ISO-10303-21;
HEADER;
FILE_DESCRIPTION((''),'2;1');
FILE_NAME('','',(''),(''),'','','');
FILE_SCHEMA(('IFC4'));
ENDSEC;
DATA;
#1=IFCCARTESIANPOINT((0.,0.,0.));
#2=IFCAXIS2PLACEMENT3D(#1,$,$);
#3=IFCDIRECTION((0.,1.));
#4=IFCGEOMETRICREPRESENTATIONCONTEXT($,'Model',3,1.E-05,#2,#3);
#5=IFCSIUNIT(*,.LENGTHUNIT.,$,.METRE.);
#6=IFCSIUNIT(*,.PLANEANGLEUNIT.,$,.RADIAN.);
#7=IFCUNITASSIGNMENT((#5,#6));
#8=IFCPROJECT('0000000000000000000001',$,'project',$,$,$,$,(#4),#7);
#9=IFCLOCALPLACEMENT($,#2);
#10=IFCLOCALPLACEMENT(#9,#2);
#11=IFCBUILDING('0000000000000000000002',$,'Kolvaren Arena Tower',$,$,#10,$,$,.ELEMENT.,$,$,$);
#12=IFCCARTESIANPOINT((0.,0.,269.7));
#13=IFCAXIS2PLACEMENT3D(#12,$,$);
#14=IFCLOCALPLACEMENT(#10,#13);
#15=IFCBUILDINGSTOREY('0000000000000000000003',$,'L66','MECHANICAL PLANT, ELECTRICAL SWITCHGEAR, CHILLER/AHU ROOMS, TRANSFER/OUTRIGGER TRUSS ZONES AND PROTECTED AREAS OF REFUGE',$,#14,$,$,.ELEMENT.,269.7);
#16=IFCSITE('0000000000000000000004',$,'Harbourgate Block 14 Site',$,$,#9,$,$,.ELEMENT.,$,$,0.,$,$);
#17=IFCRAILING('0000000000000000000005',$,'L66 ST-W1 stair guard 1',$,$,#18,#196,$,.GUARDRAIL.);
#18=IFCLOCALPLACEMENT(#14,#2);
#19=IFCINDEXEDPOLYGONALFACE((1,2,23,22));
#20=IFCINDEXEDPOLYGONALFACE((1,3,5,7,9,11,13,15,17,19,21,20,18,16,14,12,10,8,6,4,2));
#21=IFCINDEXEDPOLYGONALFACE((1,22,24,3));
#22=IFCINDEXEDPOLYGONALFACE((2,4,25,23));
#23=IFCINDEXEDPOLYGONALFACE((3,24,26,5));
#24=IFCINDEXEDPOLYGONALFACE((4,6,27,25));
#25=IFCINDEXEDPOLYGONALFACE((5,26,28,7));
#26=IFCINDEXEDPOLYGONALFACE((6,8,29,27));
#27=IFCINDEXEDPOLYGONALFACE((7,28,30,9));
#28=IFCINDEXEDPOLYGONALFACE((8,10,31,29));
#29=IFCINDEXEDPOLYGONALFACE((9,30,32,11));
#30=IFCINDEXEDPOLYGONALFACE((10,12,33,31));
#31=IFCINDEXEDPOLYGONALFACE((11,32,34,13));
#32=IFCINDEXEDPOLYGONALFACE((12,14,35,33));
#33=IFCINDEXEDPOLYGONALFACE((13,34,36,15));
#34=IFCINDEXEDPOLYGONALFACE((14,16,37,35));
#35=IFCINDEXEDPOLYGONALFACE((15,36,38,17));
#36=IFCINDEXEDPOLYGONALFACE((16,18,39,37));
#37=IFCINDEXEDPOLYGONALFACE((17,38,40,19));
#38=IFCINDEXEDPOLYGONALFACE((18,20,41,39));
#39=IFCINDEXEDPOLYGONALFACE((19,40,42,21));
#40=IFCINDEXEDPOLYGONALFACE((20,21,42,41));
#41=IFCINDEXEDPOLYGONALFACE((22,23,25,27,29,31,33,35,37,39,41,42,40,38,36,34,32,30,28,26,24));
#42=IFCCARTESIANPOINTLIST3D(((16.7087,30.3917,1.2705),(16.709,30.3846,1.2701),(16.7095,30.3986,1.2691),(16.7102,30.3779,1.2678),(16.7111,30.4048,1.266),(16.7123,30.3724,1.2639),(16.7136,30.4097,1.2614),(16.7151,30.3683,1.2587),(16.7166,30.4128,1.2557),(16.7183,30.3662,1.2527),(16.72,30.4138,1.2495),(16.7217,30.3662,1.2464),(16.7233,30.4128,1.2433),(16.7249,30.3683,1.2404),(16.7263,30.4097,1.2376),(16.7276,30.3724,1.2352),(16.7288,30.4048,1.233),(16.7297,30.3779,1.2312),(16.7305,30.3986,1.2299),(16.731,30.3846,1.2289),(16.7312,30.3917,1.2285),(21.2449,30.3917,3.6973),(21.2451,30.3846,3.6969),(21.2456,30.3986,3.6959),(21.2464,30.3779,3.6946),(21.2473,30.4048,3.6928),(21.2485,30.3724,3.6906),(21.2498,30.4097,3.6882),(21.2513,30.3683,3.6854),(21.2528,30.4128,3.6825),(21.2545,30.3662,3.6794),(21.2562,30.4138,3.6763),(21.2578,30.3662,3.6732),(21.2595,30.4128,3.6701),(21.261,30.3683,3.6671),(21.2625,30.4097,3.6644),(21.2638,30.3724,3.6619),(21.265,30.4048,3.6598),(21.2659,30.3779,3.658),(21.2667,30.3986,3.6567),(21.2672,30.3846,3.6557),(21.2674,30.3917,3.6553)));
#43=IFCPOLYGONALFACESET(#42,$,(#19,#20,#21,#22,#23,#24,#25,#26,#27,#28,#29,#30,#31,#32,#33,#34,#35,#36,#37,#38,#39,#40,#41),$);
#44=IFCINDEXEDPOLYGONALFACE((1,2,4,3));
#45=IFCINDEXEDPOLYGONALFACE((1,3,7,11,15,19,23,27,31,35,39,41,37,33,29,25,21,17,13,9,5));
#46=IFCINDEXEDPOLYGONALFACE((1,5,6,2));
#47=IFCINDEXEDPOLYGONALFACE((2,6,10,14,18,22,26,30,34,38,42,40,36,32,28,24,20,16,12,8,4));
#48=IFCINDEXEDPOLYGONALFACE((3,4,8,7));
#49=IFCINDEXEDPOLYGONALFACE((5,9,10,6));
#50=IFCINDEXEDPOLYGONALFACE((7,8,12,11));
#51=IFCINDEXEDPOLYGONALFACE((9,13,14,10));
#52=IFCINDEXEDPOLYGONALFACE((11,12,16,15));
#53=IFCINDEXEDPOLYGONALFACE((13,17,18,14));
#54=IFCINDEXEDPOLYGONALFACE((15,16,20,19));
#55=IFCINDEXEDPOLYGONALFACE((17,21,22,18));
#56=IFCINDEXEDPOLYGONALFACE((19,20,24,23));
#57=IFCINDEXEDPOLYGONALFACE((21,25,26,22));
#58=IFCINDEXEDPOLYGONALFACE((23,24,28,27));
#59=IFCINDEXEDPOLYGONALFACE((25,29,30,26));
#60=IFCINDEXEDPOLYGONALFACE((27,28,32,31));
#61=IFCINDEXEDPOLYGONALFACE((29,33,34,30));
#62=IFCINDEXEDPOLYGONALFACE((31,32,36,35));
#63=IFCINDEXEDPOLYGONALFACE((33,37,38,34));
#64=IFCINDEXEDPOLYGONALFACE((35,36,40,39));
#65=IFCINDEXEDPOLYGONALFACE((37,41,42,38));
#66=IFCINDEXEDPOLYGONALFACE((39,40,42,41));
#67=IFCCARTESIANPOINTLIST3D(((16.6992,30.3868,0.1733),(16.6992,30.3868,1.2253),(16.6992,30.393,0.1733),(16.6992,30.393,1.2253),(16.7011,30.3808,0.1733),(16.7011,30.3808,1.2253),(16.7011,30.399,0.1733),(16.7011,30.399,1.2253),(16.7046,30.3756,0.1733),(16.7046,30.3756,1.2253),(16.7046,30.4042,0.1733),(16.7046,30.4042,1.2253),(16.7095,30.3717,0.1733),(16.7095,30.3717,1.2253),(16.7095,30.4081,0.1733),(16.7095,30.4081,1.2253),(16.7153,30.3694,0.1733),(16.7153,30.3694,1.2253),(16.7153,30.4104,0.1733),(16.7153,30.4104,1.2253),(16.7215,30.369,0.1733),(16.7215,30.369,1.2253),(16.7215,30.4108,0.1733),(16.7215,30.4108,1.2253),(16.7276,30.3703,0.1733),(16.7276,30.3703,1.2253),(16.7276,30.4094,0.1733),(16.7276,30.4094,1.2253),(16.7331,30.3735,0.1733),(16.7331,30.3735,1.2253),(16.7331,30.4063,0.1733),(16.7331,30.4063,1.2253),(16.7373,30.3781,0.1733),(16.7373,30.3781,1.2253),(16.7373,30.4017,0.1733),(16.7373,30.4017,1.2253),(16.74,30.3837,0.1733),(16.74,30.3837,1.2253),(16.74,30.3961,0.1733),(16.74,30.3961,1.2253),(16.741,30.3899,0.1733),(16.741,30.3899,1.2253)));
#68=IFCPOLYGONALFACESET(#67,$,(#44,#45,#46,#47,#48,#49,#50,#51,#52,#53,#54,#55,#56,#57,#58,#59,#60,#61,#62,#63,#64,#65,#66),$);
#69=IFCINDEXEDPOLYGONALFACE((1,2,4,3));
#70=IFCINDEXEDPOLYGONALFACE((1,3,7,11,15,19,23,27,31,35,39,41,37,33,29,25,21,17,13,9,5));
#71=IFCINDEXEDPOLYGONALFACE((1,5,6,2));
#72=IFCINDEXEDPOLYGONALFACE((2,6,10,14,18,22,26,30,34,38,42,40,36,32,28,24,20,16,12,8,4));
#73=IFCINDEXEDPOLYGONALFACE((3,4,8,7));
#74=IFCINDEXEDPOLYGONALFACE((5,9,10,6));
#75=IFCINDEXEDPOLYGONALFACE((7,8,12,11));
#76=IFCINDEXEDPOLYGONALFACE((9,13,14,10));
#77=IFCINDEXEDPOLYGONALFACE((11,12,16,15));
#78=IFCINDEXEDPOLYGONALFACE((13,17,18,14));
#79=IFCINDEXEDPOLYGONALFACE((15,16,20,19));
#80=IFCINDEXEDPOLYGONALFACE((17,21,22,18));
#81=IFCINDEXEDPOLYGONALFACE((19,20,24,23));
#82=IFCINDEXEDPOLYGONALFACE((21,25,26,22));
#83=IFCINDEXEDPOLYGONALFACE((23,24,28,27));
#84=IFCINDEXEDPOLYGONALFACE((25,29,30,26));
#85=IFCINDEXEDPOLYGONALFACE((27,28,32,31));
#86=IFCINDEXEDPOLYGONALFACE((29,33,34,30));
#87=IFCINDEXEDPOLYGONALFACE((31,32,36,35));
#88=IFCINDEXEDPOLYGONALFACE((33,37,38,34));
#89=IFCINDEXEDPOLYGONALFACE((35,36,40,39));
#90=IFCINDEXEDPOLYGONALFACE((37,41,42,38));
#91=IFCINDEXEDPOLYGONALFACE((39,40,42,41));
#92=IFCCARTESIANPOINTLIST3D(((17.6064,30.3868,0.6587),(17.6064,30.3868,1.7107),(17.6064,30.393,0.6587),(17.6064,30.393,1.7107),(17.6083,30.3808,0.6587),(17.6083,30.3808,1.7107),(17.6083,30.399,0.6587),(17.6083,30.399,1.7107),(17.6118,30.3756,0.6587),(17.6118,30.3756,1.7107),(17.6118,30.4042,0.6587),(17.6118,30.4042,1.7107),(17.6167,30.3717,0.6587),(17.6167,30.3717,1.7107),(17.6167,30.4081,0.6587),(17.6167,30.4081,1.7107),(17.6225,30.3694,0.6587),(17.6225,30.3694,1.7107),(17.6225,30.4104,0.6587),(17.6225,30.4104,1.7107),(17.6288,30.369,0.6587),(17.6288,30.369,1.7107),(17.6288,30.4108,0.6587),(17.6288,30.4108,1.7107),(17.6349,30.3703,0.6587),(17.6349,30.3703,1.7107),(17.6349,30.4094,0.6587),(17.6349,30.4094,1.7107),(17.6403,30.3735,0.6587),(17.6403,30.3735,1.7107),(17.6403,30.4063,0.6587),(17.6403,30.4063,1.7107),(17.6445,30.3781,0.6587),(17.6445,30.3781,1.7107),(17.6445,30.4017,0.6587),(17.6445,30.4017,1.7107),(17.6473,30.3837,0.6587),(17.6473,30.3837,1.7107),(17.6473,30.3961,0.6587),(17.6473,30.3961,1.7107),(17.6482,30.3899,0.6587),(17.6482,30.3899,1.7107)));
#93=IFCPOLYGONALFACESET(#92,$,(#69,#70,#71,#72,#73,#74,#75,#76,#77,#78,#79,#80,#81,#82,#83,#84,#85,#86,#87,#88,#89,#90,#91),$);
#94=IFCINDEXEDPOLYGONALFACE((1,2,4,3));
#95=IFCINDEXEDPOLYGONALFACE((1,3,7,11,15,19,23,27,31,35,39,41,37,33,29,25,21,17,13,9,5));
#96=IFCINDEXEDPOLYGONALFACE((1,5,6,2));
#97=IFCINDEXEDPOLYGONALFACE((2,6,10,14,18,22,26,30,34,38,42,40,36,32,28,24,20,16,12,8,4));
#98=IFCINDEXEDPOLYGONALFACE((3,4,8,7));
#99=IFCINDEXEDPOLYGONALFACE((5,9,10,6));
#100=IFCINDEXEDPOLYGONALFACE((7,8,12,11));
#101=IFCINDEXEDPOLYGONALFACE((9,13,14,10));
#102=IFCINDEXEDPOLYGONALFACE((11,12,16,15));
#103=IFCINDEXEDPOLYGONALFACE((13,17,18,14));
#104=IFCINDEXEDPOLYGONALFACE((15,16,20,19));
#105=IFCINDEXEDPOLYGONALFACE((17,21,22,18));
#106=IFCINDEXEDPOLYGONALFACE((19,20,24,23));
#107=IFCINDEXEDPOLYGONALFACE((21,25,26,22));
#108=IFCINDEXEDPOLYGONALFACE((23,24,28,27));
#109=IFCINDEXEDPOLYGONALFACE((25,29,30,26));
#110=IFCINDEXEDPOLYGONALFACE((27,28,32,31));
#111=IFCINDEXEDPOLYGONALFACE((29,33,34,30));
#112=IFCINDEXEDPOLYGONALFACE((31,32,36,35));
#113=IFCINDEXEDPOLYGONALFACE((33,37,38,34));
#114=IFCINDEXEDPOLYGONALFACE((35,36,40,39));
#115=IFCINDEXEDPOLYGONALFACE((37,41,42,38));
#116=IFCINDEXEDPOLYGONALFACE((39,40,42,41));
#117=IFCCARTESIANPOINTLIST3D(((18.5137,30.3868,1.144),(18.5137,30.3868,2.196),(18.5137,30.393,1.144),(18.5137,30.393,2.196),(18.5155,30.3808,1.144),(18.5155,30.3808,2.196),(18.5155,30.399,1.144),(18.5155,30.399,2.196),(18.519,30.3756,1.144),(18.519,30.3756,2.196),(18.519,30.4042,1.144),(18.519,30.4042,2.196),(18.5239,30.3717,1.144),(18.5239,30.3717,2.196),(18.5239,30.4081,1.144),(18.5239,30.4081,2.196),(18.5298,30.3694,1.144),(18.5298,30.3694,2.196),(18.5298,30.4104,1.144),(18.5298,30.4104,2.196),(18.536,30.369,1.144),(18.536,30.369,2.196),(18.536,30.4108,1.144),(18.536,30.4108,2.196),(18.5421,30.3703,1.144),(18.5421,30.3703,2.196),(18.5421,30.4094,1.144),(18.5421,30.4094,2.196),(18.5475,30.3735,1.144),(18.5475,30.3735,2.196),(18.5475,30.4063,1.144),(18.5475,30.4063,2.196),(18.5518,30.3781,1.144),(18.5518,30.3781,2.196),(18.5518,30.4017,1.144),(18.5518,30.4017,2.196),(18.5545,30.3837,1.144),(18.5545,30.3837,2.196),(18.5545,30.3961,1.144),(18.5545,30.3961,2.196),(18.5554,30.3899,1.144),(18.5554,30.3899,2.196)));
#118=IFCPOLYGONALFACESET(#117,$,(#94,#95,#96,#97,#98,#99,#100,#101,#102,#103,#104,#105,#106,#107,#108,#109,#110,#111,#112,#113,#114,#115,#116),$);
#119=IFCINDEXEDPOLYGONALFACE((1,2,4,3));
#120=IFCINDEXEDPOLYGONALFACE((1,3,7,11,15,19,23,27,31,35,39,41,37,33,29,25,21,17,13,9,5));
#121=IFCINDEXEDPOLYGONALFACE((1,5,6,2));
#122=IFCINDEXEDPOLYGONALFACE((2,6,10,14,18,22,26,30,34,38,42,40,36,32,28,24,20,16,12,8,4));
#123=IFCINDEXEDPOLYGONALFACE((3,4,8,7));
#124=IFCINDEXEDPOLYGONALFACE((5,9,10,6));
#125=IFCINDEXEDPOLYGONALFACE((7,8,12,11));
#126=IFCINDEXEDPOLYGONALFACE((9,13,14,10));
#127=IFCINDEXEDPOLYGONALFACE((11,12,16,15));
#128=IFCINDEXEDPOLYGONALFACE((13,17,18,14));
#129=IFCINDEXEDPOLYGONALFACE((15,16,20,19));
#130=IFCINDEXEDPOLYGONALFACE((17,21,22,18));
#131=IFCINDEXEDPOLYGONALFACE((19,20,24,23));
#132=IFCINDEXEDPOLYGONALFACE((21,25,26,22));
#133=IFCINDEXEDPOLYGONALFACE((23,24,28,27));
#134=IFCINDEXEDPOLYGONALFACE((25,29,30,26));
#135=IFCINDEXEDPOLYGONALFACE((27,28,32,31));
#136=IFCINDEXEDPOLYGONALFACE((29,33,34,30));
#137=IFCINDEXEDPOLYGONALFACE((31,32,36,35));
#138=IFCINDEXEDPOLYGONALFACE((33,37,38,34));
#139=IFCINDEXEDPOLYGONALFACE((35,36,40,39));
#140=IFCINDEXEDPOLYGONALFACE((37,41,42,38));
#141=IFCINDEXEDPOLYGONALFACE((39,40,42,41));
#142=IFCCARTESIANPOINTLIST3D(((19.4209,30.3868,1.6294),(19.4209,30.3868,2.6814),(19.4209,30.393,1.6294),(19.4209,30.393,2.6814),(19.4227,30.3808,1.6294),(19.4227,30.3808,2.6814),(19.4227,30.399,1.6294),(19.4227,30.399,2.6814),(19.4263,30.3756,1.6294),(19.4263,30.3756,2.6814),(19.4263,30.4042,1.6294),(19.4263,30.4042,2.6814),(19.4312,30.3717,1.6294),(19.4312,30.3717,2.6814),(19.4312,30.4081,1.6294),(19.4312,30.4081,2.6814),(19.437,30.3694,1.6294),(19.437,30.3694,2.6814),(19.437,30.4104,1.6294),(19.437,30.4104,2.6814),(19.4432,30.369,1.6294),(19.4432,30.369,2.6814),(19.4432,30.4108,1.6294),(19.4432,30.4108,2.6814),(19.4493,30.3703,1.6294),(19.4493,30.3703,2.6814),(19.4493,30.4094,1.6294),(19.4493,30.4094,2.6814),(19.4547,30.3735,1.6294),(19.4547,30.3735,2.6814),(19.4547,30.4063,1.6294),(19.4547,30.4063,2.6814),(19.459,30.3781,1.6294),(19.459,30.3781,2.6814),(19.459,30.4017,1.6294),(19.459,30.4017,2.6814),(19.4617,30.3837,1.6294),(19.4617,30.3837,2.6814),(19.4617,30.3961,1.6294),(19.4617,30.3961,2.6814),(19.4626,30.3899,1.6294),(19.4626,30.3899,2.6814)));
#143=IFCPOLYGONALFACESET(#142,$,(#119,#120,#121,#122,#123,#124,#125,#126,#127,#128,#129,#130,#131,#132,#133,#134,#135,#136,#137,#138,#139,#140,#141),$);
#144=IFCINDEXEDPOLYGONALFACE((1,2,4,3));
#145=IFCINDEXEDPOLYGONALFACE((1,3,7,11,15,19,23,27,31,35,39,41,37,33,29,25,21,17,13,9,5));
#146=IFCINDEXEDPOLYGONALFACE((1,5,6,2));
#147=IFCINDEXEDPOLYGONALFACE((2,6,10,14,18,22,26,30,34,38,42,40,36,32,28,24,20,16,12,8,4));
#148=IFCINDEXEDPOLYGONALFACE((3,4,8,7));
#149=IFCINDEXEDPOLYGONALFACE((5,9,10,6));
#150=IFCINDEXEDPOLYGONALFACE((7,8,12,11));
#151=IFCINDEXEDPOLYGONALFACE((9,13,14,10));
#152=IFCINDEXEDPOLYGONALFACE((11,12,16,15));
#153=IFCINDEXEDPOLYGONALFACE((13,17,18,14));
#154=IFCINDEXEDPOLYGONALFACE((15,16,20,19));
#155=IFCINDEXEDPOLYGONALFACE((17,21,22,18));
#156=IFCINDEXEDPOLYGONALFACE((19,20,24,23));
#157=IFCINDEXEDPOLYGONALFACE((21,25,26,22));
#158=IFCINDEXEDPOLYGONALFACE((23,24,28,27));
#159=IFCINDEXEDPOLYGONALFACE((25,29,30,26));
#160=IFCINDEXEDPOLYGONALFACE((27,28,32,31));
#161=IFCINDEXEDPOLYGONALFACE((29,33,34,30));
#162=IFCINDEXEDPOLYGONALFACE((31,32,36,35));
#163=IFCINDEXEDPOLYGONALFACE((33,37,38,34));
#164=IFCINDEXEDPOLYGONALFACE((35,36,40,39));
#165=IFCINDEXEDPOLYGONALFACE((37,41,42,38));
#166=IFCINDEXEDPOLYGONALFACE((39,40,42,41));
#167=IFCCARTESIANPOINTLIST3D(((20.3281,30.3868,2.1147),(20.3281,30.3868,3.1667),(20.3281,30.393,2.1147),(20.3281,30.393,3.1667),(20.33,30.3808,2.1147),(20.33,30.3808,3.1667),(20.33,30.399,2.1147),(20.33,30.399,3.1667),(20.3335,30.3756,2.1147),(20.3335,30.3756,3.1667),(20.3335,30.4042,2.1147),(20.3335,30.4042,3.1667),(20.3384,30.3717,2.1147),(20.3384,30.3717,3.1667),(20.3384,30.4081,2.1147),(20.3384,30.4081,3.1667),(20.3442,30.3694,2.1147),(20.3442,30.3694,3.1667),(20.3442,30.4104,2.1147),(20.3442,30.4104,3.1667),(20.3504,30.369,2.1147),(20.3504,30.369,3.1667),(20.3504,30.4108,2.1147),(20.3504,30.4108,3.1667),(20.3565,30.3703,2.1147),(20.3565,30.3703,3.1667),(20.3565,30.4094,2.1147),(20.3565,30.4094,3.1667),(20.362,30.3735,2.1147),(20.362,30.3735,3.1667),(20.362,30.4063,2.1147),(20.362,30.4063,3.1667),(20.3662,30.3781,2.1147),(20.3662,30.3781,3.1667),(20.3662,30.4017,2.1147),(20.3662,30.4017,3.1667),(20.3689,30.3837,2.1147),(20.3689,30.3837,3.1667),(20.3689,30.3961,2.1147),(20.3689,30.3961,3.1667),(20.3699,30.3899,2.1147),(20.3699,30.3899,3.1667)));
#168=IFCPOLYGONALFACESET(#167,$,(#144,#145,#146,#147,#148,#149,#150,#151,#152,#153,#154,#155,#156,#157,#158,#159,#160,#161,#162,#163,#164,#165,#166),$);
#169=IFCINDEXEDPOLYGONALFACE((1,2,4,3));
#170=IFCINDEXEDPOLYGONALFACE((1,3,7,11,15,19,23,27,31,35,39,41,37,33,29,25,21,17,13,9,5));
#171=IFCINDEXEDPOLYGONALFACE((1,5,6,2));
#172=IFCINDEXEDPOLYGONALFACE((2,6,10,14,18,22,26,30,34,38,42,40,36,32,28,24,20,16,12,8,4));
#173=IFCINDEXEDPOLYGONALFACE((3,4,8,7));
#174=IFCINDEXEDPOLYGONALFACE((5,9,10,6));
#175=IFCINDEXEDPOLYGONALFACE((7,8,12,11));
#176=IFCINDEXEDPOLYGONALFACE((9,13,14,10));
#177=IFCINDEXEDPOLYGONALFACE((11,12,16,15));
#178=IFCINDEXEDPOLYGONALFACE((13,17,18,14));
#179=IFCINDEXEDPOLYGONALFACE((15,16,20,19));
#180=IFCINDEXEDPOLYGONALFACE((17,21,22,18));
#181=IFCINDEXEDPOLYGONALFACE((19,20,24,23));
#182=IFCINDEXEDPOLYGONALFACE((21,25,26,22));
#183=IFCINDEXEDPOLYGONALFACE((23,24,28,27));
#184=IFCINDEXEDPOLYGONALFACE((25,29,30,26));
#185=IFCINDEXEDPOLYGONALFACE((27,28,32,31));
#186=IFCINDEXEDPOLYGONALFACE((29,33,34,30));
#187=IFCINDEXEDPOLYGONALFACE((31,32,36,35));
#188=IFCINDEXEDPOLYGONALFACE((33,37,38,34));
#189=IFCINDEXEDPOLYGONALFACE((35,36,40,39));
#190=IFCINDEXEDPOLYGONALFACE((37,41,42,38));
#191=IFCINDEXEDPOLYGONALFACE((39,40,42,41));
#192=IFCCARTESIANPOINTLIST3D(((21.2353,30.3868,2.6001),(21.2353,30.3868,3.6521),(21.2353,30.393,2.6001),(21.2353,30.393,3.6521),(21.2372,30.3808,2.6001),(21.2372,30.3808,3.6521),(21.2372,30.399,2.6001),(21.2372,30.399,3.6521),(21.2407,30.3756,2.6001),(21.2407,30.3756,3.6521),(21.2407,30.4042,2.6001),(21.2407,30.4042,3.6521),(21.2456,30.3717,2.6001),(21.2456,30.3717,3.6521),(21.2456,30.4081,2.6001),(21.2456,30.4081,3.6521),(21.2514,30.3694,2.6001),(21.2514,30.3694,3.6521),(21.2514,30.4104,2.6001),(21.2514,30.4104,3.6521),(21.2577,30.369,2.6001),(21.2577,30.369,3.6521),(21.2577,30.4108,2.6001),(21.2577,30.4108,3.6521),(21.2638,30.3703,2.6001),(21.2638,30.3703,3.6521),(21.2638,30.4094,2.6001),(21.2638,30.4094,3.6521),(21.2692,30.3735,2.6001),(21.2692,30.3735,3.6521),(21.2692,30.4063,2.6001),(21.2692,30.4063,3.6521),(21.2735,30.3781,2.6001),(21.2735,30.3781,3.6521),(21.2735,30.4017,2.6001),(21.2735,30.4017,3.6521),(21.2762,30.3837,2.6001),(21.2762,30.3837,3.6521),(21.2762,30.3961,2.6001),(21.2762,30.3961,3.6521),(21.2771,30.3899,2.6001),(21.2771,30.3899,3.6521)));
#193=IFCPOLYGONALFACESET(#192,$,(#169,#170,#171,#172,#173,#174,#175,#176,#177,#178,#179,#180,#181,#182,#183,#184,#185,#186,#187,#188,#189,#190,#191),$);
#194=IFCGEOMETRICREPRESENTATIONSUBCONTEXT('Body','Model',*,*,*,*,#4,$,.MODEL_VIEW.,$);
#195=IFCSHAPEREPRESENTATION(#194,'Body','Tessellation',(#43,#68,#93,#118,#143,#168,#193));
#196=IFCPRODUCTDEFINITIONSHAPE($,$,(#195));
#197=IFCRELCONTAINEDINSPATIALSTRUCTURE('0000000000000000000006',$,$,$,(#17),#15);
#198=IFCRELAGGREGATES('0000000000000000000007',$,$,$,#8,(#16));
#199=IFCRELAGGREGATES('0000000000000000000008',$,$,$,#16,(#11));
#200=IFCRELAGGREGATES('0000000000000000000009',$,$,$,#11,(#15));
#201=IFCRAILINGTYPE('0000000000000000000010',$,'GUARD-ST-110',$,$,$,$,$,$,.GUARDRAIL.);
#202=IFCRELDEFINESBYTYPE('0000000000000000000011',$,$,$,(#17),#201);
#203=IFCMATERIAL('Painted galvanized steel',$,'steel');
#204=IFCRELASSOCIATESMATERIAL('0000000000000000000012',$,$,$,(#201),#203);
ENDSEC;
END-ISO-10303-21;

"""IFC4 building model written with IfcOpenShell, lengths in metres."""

from ifc_helpers import new_model, si_unit, direction, frame, origin, origin_2d, place, context, subcontext, project, spatial, circle, extrude, material, type_object, element, save


model = new_model("IFC4")

# Units and contexts
model_context = context("Model", 3, precision=1e-05, world=origin(), true_north=direction((0.0, 1.0)))
body_context = subcontext(model_context, "Body", "Model", "MODEL_VIEW")
ifc_project = project(units=[si_unit("LENGTHUNIT", "METRE"), si_unit("PLANEANGLEUNIT", "RADIAN")], contexts=[model_context])

# Site, building, storey
site_placement = place(None, origin())
site = spatial("IfcSite", under=ifc_project, at=site_placement, Name="Harbourgate Block 14 Site", CompositionType="ELEMENT", RefElevation=0.0)
building_placement = place(site_placement, origin())
building = spatial("IfcBuilding", under=site, at=building_placement, Name="Kolvaren Arena Tower", CompositionType="ELEMENT")
storey_placement = place(building_placement, frame((0.0, 0.0, 269.7)))
storey = spatial("IfcBuildingStorey", under=building, at=storey_placement, Name="L66", Description="MECHANICAL PLANT, ELECTRICAL SWITCHGEAR, CHILLER/AHU ROOMS, TRANSFER/OUTRIGGER TRUSS ZONES AND PROTECTED AREAS OF REFUGE", CompositionType="ELEMENT", Elevation=269.7)

# Railing
ifc_material_1 = material(Name="Painted galvanized steel", Category="steel")
railing_type_1 = type_object("IfcRailingType", Name="GUARD-ST-110", PredefinedType="GUARDRAIL", material=ifc_material_1)
railing_1_placement = place(storey_placement, frame((16.72, 30.3899, 0.1733)))
element("IfcRailing", 1, at=railing_1_placement, inside=storey, type_object=railing_type_1, Name="L66 ST-W1 stair guard 1", PredefinedType="GUARDRAIL", context=body_context, shape_type="SweptSolid", body=[
    extrude(circle(Radius=0.0239, at=origin_2d()), frame((0.0, 0.0, 1.0762), z_axis=(0.881748, 0.0, 0.471721), x_axis=(0.0, 1.0, 0.0)), (0.0, 0.0, 1.0), 5.1445),
    extrude(circle(Radius=0.021, at=origin_2d()), origin(), (0.0, 0.0, 1.0), 1.052),
    extrude(circle(Radius=0.021, at=origin_2d()), frame((0.9072, 0.0, 0.4854)), (0.0, 0.0, 1.0), 1.052),
    extrude(circle(Radius=0.021, at=origin_2d()), frame((1.8145, 0.0, 0.9707)), (0.0, 0.0, 1.0), 1.052),
    extrude(circle(Radius=0.021, at=origin_2d()), frame((2.7217, 0.0, 1.4561)), (0.0, 0.0, 1.0), 1.052),
    extrude(circle(Radius=0.021, at=origin_2d()), frame((3.6289, 0.0, 1.9414)), (0.0, 0.0, 1.0), 1.052),
    extrude(circle(Radius=0.021, at=origin_2d()), frame((4.5361, 0.0, 2.4268)), (0.0, 0.0, 1.0), 1.052),
])

save(model, "model.ifc")
